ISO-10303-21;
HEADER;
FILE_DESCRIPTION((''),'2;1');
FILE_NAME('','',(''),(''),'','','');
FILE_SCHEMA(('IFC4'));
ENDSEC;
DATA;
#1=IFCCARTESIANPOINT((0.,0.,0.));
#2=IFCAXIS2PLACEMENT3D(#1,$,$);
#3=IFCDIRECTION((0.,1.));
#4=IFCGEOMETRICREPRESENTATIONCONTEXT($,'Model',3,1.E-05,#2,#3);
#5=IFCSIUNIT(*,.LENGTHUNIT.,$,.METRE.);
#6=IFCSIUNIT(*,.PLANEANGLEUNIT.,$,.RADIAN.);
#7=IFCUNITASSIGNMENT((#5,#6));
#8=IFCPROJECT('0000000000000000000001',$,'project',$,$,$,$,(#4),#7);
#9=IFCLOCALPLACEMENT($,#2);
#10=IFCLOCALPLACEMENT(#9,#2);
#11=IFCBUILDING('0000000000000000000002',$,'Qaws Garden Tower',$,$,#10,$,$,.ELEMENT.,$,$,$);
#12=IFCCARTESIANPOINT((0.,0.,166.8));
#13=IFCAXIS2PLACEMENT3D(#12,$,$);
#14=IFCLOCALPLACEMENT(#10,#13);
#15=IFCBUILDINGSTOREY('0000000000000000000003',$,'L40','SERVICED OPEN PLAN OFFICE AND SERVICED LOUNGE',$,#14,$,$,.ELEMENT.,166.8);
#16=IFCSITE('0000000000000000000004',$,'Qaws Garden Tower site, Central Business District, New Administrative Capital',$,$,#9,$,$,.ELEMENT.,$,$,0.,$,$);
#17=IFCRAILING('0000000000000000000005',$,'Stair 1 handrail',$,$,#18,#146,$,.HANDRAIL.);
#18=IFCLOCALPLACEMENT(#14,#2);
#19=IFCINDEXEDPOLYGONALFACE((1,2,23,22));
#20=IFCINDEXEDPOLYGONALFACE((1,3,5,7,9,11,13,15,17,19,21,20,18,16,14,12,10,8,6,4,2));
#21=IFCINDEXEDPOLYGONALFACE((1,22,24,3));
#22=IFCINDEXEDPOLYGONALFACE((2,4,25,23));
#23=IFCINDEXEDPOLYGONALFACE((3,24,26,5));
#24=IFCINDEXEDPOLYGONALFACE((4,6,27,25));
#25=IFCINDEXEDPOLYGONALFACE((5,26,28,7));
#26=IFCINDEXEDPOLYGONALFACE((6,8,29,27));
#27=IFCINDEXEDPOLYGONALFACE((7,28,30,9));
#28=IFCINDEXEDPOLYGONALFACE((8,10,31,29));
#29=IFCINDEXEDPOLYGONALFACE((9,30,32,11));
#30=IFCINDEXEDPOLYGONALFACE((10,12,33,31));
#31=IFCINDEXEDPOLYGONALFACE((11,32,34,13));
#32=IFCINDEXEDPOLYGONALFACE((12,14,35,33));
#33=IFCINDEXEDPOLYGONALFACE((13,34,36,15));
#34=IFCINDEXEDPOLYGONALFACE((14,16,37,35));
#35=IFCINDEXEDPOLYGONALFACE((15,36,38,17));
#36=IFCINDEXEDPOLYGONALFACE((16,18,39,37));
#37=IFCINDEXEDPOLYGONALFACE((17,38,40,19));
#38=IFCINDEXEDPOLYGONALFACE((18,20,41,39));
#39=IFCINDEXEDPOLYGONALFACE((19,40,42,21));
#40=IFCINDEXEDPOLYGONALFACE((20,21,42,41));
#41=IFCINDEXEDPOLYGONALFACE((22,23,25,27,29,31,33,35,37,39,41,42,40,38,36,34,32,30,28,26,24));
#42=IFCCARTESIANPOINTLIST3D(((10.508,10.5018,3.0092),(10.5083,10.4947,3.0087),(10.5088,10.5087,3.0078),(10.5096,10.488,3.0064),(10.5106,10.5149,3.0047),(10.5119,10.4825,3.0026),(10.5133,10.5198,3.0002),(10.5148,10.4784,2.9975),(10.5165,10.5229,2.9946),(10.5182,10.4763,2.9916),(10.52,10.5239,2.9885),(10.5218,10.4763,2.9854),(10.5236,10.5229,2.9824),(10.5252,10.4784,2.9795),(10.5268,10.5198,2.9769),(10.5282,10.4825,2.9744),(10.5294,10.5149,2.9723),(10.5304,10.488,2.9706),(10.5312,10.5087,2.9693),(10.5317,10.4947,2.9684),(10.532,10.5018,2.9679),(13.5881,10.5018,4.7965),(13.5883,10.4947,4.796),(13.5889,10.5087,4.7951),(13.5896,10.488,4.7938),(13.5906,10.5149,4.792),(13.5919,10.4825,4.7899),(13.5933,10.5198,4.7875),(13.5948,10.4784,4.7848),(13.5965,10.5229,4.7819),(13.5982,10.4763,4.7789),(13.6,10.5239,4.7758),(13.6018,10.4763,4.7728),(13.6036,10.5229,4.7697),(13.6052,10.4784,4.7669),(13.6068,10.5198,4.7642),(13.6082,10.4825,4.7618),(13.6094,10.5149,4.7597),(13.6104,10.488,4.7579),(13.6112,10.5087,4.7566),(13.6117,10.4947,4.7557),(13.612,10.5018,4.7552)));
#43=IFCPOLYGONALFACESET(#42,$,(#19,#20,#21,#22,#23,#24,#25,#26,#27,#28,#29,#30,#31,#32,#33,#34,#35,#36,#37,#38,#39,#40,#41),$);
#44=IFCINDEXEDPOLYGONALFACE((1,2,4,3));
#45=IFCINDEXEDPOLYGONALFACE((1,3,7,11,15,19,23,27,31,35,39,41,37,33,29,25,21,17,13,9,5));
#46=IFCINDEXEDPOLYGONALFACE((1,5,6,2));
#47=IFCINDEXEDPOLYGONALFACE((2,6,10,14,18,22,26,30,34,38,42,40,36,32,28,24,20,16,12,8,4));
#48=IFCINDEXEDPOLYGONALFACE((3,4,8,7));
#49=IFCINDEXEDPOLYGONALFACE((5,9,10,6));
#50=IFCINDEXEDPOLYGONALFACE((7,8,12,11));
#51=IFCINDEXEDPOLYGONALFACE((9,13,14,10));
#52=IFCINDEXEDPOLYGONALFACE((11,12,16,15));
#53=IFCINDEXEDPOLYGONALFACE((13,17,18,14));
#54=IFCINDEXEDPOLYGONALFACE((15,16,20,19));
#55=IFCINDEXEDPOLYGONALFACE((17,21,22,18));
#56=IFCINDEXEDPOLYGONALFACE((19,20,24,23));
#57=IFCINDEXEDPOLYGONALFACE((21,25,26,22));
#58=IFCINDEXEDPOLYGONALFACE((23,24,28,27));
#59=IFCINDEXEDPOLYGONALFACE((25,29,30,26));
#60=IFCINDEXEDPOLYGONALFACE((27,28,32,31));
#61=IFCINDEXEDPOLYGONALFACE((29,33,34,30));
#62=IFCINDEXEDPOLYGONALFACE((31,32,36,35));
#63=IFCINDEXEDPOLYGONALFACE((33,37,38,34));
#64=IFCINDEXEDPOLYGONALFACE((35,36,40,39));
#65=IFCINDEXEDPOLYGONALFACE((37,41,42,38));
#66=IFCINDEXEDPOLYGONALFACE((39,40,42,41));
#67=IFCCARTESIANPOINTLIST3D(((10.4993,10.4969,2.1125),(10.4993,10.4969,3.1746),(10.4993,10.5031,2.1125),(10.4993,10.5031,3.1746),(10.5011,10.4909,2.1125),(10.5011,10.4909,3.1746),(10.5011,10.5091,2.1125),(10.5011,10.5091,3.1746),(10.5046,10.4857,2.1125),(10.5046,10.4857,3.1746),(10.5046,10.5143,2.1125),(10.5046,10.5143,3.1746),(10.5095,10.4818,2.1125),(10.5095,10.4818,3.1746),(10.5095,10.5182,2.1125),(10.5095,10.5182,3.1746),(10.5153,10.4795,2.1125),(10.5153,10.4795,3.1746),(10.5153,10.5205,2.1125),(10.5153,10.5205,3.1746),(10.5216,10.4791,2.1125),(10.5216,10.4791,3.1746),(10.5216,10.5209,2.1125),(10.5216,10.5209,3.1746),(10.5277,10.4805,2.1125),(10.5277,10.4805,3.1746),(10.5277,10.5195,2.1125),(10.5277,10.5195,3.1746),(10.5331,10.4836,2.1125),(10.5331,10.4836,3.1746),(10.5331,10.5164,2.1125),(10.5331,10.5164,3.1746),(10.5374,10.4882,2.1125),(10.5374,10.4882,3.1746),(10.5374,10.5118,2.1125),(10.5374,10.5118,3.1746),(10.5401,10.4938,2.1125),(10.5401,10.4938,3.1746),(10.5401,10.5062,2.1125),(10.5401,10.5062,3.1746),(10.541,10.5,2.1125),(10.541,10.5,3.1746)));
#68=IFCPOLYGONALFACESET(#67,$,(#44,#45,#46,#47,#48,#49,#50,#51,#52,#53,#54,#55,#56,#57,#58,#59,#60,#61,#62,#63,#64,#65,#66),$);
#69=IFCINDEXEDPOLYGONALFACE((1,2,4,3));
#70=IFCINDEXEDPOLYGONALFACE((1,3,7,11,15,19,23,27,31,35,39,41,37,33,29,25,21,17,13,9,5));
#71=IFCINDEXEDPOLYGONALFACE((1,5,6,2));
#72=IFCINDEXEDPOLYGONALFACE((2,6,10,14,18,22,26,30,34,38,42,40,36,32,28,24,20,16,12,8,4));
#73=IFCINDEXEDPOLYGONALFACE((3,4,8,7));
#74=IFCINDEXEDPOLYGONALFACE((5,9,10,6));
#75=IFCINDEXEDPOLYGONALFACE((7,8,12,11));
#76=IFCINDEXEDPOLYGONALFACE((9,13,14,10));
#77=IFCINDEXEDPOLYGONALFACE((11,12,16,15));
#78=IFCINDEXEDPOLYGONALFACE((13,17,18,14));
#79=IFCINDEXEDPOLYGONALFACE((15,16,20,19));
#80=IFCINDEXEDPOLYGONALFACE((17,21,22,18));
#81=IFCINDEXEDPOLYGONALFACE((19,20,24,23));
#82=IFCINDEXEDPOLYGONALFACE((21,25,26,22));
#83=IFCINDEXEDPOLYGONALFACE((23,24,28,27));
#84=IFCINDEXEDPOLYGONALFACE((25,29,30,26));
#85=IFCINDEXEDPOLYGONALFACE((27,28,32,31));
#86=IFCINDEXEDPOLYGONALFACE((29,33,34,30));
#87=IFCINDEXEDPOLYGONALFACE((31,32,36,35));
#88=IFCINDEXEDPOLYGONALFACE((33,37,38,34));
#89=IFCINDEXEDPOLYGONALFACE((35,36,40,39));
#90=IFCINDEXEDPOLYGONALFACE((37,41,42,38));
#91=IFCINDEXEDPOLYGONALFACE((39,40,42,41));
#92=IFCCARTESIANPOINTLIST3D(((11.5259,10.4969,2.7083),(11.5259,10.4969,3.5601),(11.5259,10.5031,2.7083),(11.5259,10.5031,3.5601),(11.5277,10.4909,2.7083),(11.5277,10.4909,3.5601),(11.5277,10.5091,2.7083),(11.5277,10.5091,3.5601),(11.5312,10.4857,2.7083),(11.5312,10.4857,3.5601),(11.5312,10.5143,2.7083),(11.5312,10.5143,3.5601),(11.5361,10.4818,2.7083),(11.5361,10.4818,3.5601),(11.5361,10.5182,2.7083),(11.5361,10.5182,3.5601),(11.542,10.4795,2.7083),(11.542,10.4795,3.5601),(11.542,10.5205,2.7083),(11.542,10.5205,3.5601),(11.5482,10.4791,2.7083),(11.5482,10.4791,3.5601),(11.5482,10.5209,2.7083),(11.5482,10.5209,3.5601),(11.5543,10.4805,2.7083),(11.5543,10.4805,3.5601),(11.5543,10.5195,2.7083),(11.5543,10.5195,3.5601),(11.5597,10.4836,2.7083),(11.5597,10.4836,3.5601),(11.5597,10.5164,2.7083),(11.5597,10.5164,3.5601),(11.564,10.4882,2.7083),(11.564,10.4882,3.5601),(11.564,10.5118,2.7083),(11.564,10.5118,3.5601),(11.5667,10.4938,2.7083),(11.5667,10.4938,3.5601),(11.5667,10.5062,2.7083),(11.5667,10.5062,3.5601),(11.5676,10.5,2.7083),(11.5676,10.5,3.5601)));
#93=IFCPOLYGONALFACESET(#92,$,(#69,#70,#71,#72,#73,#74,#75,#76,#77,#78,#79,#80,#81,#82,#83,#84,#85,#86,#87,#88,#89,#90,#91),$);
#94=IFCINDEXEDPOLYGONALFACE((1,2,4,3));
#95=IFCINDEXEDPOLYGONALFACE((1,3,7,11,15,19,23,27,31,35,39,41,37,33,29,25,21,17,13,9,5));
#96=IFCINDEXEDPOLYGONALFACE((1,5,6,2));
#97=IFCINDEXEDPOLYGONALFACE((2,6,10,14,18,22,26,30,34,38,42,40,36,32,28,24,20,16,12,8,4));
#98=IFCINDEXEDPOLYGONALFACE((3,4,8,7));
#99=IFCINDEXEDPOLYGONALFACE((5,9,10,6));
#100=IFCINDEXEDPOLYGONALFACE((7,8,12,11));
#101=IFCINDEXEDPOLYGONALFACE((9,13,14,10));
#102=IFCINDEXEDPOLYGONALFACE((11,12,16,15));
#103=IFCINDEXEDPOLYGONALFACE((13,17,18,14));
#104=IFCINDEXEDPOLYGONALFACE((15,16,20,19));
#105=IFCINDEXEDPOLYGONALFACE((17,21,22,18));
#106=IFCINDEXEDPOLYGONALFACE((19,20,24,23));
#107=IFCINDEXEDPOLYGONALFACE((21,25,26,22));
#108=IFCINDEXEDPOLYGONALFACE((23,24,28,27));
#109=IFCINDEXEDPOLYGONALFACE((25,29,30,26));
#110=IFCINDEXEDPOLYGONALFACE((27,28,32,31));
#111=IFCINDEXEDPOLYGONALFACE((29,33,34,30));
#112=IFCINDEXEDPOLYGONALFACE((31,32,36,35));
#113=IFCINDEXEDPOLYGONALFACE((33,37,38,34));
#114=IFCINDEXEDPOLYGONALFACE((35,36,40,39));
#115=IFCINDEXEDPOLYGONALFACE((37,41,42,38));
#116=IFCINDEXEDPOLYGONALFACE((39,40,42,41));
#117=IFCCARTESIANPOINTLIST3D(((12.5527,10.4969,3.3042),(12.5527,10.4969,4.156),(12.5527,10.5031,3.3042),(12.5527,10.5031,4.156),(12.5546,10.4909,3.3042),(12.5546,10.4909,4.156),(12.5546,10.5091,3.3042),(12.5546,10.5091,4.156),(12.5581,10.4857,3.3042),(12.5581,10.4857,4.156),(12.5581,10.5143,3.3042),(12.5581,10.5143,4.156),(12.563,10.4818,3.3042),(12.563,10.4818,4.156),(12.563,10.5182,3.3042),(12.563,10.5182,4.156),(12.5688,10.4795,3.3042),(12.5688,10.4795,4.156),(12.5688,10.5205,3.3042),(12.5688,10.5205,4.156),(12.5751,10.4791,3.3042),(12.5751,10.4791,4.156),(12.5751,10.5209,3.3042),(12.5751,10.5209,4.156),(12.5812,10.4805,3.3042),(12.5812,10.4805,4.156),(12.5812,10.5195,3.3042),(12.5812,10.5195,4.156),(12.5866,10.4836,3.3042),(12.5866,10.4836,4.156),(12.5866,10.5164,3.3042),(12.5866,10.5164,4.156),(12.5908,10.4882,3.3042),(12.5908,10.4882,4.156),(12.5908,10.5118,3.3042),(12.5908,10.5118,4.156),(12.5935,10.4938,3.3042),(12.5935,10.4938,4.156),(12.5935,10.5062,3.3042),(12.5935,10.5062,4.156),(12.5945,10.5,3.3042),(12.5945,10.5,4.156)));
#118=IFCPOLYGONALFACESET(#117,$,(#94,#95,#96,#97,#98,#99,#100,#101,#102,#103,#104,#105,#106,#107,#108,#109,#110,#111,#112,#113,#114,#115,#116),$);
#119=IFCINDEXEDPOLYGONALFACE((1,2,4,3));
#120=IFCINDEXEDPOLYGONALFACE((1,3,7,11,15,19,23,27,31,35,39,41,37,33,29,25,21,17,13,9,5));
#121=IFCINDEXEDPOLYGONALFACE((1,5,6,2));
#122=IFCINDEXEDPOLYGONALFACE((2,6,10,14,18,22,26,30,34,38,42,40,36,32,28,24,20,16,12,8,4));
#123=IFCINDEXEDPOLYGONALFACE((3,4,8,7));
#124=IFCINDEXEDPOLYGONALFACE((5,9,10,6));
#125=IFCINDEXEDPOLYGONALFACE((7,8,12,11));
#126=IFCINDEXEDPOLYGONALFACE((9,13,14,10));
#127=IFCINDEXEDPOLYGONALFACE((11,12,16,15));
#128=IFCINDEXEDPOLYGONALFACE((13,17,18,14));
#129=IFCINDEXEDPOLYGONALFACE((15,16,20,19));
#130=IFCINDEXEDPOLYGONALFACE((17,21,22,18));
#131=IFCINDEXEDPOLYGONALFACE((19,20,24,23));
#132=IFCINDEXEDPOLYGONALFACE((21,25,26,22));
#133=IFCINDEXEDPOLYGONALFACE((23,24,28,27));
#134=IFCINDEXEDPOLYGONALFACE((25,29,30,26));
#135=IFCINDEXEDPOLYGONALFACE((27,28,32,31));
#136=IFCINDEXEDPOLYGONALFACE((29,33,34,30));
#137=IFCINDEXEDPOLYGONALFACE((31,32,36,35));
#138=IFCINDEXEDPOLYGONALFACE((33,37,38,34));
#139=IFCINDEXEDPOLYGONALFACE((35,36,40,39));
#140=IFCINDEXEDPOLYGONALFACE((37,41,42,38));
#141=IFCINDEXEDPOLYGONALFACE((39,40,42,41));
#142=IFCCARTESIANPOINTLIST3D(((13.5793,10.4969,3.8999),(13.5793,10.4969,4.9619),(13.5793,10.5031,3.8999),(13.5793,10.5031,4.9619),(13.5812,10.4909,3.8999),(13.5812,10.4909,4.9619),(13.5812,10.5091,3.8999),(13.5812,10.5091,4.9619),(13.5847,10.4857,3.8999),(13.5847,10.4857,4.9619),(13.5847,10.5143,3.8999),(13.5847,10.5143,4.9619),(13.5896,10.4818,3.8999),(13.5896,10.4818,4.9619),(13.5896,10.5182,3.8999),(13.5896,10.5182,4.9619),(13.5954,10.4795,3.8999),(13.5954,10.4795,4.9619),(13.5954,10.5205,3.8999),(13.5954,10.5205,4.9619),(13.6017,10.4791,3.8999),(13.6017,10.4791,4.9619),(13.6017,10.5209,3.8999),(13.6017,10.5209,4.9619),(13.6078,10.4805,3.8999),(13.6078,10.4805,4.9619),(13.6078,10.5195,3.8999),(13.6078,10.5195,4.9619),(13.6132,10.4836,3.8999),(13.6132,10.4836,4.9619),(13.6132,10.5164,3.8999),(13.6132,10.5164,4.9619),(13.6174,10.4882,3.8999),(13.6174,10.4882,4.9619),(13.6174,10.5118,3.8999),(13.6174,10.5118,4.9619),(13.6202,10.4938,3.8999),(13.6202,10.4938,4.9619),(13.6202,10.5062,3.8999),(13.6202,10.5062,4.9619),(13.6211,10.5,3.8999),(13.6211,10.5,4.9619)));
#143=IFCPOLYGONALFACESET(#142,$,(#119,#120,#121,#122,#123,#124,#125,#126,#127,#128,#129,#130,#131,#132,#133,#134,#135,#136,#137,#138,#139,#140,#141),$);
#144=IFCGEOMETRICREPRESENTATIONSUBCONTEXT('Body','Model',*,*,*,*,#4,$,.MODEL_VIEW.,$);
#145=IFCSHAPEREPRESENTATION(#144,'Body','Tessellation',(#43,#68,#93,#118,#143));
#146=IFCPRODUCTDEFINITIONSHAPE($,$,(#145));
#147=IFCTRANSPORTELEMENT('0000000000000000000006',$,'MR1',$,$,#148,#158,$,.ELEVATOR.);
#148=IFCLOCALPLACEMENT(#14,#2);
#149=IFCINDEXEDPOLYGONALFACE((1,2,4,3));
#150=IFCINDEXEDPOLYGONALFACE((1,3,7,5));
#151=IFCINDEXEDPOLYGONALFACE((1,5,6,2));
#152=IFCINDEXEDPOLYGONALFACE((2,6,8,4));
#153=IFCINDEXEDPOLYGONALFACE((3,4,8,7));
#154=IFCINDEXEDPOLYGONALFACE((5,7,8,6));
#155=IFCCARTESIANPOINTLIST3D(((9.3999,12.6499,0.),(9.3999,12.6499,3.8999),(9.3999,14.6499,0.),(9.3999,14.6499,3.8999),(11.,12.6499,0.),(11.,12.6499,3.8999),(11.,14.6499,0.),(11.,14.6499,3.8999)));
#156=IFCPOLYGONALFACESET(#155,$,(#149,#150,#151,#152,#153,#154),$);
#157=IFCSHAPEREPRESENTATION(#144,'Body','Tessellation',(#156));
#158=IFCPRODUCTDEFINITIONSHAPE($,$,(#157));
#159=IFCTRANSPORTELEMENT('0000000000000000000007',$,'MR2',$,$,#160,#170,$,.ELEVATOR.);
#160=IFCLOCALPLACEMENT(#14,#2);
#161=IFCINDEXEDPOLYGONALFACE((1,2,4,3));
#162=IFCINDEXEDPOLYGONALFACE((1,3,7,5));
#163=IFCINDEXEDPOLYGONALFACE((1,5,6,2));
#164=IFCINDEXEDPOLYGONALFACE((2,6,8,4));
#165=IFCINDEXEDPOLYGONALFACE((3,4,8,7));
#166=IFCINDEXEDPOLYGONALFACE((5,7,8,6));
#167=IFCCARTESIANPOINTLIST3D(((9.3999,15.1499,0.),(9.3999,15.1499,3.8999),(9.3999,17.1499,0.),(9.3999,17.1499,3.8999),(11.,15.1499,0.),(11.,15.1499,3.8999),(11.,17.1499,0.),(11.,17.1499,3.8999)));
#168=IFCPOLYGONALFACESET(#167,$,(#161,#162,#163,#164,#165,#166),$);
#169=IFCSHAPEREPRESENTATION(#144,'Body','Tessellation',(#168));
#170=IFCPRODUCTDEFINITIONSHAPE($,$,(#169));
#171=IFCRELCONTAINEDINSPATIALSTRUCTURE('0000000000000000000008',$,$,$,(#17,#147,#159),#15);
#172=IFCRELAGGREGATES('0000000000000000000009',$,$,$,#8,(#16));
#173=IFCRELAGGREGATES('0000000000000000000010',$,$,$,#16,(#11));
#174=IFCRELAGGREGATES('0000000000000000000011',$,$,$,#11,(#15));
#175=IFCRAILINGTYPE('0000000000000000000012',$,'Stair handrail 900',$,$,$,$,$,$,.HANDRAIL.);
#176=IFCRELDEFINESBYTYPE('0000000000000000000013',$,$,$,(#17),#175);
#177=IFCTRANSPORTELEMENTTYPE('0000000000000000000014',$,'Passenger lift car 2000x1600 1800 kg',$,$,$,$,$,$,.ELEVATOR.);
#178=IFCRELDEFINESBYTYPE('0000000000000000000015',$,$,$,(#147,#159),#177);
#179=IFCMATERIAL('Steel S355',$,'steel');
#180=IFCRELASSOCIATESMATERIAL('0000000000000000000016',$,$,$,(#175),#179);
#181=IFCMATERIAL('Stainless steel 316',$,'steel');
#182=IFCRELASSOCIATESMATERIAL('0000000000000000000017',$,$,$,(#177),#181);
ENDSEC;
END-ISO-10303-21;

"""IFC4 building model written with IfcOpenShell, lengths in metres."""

from ifc_helpers import new_model, si_unit, direction, frame, origin, origin_2d, place, context, subcontext, project, spatial, rectangle, circle, extrude, material, type_object, element, save


model = new_model("IFC4")

# Units and contexts
model_context = context("Model", 3, precision=1e-05, world=origin(), true_north=direction((0.0, 1.0)))
body_context = subcontext(model_context, "Body", "Model", "MODEL_VIEW")
ifc_project = project(units=[si_unit("LENGTHUNIT", "METRE"), si_unit("PLANEANGLEUNIT", "RADIAN")], contexts=[model_context])

# Site, building, storey
site_placement = place(None, origin())
site = spatial("IfcSite", under=ifc_project, at=site_placement, Name="Qaws Garden Tower site, Central Business District, New Administrative Capital", CompositionType="ELEMENT", RefElevation=0.0)
building_placement = place(site_placement, origin())
building = spatial("IfcBuilding", under=site, at=building_placement, Name="Qaws Garden Tower", CompositionType="ELEMENT")
storey_placement = place(building_placement, frame((0.0, 0.0, 166.8)))
storey = spatial("IfcBuildingStorey", under=building, at=storey_placement, Name="L40", Description="SERVICED OPEN PLAN OFFICE AND SERVICED LOUNGE", CompositionType="ELEMENT", Elevation=166.8)

# Railing
ifc_material_1 = material(Name="Steel S355", Category="steel")
railing_type = type_object("IfcRailingType", Name="Stair handrail 900", PredefinedType="HANDRAIL", material=ifc_material_1)
railing_1_placement = place(storey_placement, frame((10.52, 10.5, 2.1125)))
element("IfcRailing", 1, at=railing_1_placement, inside=storey, type_object=railing_type, Name="Stair 1 handrail", PredefinedType="HANDRAIL", context=body_context, shape_type="SweptSolid", body=[
    extrude(circle(Radius=0.0239, at=origin_2d()), frame((0.0, 0.0, 0.876), z_axis=(0.86492, 0.0, 0.501909), x_axis=(0.0, 1.0, 0.0)), (0.0, 0.0, 1.0), 3.561),
    extrude(circle(Radius=0.021, at=origin_2d()), origin(), (0.0, 0.0, 1.0), 1.062),
    extrude(circle(Radius=0.021, at=origin_2d()), frame((1.0266, 0.0, 0.5957)), (0.0, 0.0, 1.0), 0.8518),
    extrude(circle(Radius=0.021, at=origin_2d()), frame((2.0535, 0.0, 1.1917)), (0.0, 0.0, 1.0), 0.8518),
    extrude(circle(Radius=0.021, at=origin_2d()), frame((3.0801, 0.0, 1.7874)), (0.0, 0.0, 1.0), 1.062),
])

# Transport elements
ifc_material_2 = material(Name="Stainless steel 316", Category="steel")
transport_element_type = type_object("IfcTransportElementType", Name="Passenger lift car 2000x1600 1800 kg", PredefinedType="ELEVATOR", material=ifc_material_2)
for number, where, z_axis, x_axis, name in (
    (2, (10.2, 13.6499, 0.0), (0.0, 0.0, 1.0), (1.0, 0.0, 0.0), "MR1"),
    (3, (10.2, 16.1499, 0.0), (0.0, 0.0, 1.0), (1.0, 0.0, 0.0), "MR2"),
):
    element("IfcTransportElement", number, at=place(storey_placement, frame(where, z_axis=z_axis, x_axis=x_axis)), inside=storey, type_object=transport_element_type, Name=name, PredefinedType="ELEVATOR", context=body_context, shape_type="SweptSolid", body=[
        extrude(rectangle(XDim=1.6001, YDim=2.0, at=origin_2d()), origin(), (0.0, 0.0, 1.0), 3.8999),
    ])

save(model, "model.ifc")
